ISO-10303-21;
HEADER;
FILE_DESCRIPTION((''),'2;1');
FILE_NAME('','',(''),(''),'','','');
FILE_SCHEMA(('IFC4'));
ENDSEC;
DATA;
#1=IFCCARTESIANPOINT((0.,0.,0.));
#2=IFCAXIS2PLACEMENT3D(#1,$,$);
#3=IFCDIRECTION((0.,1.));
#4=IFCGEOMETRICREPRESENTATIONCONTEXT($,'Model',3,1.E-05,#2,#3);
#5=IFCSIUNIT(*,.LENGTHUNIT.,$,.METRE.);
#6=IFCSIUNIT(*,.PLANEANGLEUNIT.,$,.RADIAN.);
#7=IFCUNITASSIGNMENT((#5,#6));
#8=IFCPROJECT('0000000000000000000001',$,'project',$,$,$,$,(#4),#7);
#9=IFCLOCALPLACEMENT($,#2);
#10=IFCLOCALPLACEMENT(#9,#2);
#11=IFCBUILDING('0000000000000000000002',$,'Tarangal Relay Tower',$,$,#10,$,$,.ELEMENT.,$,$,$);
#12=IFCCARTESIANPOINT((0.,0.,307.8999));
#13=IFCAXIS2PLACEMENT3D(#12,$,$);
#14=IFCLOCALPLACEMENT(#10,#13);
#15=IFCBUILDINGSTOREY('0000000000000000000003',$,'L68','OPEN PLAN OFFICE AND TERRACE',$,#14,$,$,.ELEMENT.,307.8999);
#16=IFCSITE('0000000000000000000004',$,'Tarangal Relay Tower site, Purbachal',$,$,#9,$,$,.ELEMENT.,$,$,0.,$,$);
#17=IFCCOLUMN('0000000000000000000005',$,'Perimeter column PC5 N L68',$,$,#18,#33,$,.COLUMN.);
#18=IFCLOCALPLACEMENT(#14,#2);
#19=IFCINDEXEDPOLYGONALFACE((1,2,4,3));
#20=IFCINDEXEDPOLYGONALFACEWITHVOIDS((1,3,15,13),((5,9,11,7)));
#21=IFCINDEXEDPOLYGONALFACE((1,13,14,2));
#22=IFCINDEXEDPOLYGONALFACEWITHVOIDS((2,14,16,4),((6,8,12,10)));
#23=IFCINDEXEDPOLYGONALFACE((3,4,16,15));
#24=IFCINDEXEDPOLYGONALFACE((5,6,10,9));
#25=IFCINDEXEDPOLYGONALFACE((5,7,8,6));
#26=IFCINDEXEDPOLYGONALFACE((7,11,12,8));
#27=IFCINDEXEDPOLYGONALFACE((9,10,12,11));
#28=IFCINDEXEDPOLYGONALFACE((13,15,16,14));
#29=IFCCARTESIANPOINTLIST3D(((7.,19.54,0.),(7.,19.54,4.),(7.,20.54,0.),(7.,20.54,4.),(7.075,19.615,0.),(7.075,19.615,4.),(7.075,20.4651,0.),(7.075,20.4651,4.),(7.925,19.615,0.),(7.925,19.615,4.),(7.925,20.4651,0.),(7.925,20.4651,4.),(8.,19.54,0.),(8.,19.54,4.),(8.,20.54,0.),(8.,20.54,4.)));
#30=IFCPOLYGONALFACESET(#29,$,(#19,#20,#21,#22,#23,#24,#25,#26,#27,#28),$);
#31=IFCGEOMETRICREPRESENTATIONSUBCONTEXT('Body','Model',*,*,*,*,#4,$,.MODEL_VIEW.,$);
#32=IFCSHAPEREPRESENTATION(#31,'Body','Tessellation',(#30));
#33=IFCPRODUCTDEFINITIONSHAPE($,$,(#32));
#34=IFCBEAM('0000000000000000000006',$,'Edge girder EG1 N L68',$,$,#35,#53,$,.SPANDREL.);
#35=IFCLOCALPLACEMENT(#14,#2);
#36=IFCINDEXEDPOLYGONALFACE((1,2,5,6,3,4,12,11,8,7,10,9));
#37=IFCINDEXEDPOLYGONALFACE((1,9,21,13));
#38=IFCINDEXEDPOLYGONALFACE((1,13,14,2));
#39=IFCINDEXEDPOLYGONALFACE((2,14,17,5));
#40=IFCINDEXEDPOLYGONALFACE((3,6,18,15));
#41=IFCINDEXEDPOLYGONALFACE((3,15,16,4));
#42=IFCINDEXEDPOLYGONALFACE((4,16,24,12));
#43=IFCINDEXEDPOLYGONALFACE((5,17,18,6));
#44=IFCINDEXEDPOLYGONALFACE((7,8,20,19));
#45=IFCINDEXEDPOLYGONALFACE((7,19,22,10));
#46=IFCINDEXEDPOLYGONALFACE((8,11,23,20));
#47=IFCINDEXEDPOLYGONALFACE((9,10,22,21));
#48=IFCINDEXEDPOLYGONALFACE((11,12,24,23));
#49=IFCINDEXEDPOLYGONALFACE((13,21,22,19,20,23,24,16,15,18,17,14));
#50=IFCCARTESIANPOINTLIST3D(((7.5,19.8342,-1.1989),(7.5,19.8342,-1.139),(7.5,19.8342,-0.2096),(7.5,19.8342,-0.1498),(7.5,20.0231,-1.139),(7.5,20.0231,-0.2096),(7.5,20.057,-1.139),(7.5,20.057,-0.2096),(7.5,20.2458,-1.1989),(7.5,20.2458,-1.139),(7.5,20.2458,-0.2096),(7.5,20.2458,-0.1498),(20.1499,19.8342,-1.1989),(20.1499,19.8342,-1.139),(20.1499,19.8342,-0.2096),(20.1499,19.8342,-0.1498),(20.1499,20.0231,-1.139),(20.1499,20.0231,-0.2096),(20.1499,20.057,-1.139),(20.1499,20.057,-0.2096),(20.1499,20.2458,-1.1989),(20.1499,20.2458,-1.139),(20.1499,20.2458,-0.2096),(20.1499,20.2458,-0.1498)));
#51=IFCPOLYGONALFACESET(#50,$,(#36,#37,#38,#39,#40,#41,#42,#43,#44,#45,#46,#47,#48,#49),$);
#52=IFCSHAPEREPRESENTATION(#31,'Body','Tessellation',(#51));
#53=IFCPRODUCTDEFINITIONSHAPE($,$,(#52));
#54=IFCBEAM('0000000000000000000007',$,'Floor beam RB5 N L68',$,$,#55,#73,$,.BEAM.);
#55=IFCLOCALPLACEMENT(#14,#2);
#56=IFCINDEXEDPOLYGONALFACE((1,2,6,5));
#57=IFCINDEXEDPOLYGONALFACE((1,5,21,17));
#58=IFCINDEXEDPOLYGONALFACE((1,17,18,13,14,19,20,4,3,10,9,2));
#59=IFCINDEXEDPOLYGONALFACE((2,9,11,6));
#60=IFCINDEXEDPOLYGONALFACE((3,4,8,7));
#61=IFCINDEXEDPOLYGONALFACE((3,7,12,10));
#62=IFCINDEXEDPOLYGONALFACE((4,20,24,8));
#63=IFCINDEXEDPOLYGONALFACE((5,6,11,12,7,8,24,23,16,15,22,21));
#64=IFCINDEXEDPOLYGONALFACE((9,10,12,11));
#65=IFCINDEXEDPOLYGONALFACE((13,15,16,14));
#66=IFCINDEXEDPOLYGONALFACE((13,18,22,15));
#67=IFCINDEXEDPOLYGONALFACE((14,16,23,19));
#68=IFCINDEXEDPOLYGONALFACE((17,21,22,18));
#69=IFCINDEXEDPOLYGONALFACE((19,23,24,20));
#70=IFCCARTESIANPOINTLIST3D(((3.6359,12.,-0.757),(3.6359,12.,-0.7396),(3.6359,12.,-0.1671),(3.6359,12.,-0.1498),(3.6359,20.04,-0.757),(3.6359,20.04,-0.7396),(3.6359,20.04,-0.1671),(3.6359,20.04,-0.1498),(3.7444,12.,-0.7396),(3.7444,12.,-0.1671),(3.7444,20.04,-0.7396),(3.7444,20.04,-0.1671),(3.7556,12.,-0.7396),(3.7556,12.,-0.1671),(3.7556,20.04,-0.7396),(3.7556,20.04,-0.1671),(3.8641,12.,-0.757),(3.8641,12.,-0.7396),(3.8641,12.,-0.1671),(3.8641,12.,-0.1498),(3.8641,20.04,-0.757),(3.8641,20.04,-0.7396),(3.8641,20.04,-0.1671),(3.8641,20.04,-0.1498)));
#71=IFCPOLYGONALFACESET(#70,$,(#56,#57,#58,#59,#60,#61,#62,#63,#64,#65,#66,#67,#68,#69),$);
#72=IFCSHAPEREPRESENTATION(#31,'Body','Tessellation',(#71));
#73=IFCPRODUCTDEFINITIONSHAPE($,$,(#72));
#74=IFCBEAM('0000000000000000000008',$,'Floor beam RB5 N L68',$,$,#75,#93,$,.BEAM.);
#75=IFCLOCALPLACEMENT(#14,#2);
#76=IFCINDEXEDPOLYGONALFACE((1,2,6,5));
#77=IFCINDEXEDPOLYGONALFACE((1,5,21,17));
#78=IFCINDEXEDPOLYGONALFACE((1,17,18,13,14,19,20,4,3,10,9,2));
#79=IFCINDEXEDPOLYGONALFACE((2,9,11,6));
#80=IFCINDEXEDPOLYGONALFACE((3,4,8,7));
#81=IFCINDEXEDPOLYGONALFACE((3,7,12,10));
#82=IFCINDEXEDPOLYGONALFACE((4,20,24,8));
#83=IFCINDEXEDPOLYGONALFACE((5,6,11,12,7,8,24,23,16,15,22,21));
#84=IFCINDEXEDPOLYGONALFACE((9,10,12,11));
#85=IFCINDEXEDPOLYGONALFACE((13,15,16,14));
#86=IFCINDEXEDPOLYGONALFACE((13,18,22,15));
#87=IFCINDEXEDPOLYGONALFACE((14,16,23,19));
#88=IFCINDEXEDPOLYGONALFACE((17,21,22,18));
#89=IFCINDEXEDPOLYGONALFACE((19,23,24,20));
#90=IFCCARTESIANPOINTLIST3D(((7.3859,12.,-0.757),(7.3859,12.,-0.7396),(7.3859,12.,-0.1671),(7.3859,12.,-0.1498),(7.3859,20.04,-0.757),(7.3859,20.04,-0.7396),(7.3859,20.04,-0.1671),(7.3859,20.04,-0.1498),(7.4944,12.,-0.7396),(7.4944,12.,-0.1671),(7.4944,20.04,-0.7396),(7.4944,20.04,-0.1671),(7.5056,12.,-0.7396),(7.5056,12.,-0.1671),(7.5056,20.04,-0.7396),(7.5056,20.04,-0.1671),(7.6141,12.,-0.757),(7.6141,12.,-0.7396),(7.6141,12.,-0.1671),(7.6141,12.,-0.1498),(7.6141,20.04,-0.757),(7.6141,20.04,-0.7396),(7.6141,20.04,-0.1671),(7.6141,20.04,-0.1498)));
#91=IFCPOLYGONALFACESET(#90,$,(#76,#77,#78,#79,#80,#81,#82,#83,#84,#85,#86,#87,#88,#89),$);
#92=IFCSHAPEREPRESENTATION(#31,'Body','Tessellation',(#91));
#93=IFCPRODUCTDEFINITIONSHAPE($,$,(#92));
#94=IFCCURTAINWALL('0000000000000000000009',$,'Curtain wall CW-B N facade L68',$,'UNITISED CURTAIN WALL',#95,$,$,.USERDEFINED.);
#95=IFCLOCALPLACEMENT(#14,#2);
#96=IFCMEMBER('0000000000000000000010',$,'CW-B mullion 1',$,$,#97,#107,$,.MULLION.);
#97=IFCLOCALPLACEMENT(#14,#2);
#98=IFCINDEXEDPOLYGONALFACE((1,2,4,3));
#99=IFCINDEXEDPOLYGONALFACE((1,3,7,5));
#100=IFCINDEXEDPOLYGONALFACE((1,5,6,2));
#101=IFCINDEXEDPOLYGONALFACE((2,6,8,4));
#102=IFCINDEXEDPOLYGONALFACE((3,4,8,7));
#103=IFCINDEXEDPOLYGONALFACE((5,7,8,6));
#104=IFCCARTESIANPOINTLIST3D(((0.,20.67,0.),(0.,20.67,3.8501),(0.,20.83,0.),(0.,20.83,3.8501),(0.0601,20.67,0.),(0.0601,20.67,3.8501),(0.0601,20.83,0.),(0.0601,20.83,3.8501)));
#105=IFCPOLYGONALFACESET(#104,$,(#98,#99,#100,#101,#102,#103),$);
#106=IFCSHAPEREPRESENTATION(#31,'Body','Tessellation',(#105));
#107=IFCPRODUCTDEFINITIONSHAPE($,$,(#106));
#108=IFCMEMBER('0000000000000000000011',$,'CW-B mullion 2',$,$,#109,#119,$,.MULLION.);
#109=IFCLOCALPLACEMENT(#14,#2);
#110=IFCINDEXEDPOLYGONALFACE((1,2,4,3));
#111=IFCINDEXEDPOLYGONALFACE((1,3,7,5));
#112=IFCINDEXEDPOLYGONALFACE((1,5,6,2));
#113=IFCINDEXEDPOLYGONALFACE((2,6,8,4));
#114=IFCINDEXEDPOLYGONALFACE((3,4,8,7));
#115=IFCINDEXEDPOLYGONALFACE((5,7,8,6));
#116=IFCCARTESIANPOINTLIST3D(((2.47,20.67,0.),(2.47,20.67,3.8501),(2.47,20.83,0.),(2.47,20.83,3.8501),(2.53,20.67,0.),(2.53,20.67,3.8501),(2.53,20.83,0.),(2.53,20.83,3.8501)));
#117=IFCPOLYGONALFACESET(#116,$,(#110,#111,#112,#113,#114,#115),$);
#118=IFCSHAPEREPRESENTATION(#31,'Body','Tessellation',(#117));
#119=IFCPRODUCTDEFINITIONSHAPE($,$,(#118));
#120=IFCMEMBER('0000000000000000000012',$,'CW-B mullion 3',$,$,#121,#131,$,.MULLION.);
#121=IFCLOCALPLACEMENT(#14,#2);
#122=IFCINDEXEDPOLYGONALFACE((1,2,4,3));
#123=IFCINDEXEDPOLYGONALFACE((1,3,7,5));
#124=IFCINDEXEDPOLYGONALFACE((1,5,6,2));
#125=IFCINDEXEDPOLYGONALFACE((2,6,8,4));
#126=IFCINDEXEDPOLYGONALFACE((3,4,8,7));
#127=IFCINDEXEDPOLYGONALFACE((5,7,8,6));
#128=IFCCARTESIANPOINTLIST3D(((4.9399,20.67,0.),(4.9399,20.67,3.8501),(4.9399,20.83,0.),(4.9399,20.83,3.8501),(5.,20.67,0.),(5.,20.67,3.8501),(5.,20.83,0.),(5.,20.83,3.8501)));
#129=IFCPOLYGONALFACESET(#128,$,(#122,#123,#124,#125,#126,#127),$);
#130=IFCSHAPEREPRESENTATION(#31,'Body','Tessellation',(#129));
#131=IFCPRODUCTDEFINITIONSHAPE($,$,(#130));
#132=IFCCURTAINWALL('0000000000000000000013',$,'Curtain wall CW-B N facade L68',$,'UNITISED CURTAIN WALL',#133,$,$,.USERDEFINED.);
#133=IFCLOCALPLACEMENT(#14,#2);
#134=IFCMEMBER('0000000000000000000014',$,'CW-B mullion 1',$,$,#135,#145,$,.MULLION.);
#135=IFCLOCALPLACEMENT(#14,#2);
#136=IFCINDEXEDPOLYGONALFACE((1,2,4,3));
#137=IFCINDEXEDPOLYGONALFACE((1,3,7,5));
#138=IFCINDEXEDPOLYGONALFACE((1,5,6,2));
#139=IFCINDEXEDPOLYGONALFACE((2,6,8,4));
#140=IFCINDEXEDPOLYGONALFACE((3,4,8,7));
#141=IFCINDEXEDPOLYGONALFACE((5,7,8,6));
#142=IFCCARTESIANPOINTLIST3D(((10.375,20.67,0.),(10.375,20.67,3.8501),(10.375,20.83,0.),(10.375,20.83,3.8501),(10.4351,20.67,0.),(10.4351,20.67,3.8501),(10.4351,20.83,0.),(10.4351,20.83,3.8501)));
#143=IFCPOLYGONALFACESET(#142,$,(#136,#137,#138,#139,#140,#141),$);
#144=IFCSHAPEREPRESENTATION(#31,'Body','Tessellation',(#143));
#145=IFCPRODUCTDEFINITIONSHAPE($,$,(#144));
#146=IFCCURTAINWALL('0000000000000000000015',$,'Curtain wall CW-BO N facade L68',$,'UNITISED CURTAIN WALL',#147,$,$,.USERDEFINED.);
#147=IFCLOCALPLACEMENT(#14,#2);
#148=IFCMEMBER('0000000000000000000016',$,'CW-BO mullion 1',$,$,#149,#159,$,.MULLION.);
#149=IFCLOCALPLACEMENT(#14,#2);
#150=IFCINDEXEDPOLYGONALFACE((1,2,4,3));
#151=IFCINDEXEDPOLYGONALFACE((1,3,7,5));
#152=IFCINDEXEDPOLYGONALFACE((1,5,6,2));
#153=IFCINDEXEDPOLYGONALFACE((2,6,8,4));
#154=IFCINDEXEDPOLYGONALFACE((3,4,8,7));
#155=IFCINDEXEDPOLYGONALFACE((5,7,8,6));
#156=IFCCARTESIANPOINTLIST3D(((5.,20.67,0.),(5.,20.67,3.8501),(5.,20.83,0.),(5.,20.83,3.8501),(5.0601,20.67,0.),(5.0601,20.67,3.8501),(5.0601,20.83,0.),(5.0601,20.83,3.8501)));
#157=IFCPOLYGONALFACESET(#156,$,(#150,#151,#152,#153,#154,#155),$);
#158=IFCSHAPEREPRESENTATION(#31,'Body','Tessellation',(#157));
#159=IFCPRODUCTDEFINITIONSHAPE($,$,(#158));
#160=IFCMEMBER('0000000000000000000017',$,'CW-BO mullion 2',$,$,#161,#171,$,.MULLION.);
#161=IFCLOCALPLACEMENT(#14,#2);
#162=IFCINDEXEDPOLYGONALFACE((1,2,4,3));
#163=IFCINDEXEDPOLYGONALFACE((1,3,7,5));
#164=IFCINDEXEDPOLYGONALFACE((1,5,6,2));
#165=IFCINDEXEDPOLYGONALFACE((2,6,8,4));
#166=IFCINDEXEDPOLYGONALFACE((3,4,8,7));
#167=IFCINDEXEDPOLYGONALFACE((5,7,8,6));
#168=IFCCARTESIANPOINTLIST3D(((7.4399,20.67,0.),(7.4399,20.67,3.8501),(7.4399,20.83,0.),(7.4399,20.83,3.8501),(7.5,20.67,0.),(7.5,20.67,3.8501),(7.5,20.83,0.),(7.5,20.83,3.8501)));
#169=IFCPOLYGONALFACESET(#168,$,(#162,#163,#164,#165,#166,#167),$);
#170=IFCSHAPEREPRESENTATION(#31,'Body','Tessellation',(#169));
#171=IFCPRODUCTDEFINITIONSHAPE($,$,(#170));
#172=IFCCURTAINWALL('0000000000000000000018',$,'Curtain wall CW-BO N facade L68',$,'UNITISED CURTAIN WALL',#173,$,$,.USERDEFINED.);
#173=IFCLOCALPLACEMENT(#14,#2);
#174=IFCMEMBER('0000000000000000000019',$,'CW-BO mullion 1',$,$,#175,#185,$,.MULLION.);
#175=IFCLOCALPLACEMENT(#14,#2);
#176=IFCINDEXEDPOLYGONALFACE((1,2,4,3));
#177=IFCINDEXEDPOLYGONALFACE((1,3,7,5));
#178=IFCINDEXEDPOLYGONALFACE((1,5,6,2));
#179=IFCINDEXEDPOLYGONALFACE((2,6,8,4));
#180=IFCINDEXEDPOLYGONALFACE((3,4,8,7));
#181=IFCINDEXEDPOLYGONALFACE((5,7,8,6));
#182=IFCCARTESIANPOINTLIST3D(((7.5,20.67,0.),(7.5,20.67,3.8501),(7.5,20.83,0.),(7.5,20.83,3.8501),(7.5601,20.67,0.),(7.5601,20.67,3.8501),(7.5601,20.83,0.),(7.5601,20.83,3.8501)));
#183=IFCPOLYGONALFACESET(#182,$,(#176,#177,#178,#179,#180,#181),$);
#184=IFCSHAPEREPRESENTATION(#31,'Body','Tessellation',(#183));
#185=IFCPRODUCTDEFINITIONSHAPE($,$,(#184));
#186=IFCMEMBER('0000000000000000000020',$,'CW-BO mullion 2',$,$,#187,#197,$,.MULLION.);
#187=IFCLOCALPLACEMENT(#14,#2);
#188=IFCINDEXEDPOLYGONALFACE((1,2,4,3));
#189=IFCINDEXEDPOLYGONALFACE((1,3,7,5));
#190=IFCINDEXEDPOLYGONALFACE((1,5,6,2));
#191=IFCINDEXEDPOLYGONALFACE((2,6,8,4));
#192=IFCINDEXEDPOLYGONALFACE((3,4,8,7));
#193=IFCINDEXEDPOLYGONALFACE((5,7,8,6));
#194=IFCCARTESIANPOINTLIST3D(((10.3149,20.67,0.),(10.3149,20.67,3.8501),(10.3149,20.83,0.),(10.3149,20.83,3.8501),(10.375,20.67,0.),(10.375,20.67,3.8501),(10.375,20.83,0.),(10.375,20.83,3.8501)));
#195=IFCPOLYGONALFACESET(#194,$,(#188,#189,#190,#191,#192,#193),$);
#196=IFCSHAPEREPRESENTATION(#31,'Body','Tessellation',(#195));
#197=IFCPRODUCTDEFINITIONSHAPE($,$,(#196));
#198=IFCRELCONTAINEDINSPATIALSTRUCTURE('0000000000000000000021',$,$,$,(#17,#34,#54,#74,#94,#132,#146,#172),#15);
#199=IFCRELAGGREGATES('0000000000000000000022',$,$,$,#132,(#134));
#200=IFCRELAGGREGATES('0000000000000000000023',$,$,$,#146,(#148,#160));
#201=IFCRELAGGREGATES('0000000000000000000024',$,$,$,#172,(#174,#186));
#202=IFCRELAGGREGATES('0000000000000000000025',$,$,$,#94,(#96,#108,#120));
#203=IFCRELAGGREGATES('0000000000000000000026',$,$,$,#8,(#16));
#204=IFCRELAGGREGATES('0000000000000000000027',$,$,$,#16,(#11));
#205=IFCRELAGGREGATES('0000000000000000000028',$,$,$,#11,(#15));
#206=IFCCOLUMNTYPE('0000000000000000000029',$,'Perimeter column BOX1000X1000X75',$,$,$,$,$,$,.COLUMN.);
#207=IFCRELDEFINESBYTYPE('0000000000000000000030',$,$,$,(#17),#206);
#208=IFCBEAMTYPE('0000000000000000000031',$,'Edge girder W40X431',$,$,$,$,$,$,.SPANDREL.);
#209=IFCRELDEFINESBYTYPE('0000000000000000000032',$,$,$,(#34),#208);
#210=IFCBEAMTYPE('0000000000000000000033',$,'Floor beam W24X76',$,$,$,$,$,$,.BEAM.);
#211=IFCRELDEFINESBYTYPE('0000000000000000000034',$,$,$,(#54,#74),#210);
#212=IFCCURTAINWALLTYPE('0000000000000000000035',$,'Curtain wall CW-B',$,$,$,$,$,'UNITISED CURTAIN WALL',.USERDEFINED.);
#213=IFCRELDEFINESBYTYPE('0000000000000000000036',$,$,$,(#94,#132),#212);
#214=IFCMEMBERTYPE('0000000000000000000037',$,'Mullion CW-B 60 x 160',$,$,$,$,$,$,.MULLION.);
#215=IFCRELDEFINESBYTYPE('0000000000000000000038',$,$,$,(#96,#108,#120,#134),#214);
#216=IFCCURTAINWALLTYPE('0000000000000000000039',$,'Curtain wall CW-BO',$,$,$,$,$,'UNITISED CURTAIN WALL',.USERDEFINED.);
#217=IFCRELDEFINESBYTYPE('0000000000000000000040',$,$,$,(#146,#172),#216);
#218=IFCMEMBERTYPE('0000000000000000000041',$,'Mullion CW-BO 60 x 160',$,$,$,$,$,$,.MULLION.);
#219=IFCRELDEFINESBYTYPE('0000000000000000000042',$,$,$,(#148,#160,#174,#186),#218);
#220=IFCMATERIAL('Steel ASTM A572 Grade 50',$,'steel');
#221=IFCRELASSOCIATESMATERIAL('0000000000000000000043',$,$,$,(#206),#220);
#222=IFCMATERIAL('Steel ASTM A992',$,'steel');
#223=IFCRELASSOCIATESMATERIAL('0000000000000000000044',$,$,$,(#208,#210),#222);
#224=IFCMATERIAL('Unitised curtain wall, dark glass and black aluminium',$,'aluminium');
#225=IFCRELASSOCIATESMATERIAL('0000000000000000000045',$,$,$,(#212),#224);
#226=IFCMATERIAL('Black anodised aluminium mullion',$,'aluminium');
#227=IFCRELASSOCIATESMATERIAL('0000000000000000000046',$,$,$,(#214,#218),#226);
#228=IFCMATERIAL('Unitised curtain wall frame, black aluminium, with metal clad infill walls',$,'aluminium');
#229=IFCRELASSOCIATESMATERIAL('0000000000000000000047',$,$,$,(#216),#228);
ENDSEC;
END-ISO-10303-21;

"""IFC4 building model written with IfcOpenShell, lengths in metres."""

from ifc_helpers import new_model, si_unit, direction, frame, origin, origin_2d, place, context, subcontext, project, spatial, rectangle, hollow_rectangle, i_section, extrude, material, material_profile, profile_set, type_object, element, aggregate, save


model = new_model("IFC4")

# Units and contexts
model_context = context("Model", 3, precision=1e-05, world=origin(), true_north=direction((0.0, 1.0)))
body_context = subcontext(model_context, "Body", "Model", "MODEL_VIEW")
ifc_project = project(units=[si_unit("LENGTHUNIT", "METRE"), si_unit("PLANEANGLEUNIT", "RADIAN")], contexts=[model_context])

# Site, building, storey
site_placement = place(None, origin())
site = spatial("IfcSite", under=ifc_project, at=site_placement, Name="Tarangal Relay Tower site, Purbachal", CompositionType="ELEMENT", RefElevation=0.0)
building_placement = place(site_placement, origin())
building = spatial("IfcBuilding", under=site, at=building_placement, Name="Tarangal Relay Tower", CompositionType="ELEMENT")
storey_placement = place(building_placement, frame((0.0, 0.0, 307.8999)))
storey = spatial("IfcBuildingStorey", under=building, at=storey_placement, Name="L68", Description="OPEN PLAN OFFICE AND TERRACE", CompositionType="ELEMENT", Elevation=307.8999)

# Column
ifc_material_1 = material(Name="Steel ASTM A572 Grade 50", Category="steel")
ifc_material_profile_1 = material_profile(ifc_material_1, hollow_rectangle(XDim=1.0, YDim=1.0, WallThickness=0.075, at=origin_2d()), Name="BOX1000X1000X75")
ifc_profile_set_1 = profile_set([ifc_material_profile_1], Name="Steel ASTM A572 Grade 50")
column_type = type_object("IfcColumnType", Name="Perimeter column BOX1000X1000X75", PredefinedType="COLUMN", material=ifc_profile_set_1)
column_placement = place(storey_placement, frame((7.5, 20.04, 0.0), z_axis=(0.0, 0.0, 1.0), x_axis=(1.0, 0.0, 0.0)))
element("IfcColumn", 1, at=column_placement, inside=storey, type_object=column_type, Name="Perimeter column PC5 N L68", PredefinedType="COLUMN", context=body_context, shape_type="SweptSolid", body=[
    extrude(hollow_rectangle(XDim=1.0, YDim=1.0, WallThickness=0.075, at=origin_2d()), origin(), (0.0, 0.0, 1.0), 4.0),
])

# Beams
ifc_material_2 = material(Name="Steel ASTM A992", Category="steel")
ifc_material_profile_2 = material_profile(ifc_material_2, i_section(OverallWidth=0.4116, OverallDepth=1.0491, WebThickness=0.0339, FlangeThickness=0.0598, at=origin_2d()), Name="W40X431")
ifc_profile_set_2 = profile_set([ifc_material_profile_2], Name="Steel ASTM A992")
beam_type_1 = type_object("IfcBeamType", Name="Edge girder W40X431", PredefinedType="SPANDREL", material=ifc_profile_set_2)
beam_placement = place(storey_placement, frame((7.5, 20.04, -0.6743), z_axis=(1.0, 0.0, 0.0), x_axis=(0.0, 1.0, 0.0)))
element("IfcBeam", 2, at=beam_placement, inside=storey, type_object=beam_type_1, Name="Edge girder EG1 N L68", PredefinedType="SPANDREL", context=body_context, shape_type="SweptSolid", body=[
    extrude(i_section(OverallWidth=0.4116, OverallDepth=1.0491, WebThickness=0.0339, FlangeThickness=0.0598, at=origin_2d()), origin(), (0.0, 0.0, 1.0), 12.6499),
])
ifc_material_profile_3 = material_profile(ifc_material_2, i_section(OverallWidth=0.2283, OverallDepth=0.6072, WebThickness=0.0112, FlangeThickness=0.0173, at=origin_2d()), Name="W24X76")
ifc_profile_set_3 = profile_set([ifc_material_profile_3], Name="Steel ASTM A992")
beam_type_2 = type_object("IfcBeamType", Name="Floor beam W24X76", PredefinedType="BEAM", material=ifc_profile_set_3)
for number, where, z_axis, x_axis, name in (
    (3, (3.75, 12.0, -0.4534), (0.0, 1.0, 0.0), (-1.0, 0.0, 0.0), "Floor beam RB5 N L68"),
    (4, (7.5, 12.0, -0.4534), (0.0, 1.0, 0.0), (-1.0, 0.0, 0.0), "Floor beam RB5 N L68"),
):
    element("IfcBeam", number, at=place(storey_placement, frame(where, z_axis=z_axis, x_axis=x_axis)), inside=storey, type_object=beam_type_2, Name=name, PredefinedType="BEAM", context=body_context, shape_type="SweptSolid", body=[
        extrude(i_section(OverallWidth=0.2283, OverallDepth=0.6072, WebThickness=0.0112, FlangeThickness=0.0173, at=origin_2d()), origin(), (0.0, 0.0, 1.0), 8.04),
    ])

# Curtain wall, members
ifc_material_3 = material(Name="Unitised curtain wall, dark glass and black aluminium", Category="aluminium")
curtain_wall_type_1 = type_object("IfcCurtainWallType", Name="Curtain wall CW-B", ElementType="UNITISED CURTAIN WALL", PredefinedType="USERDEFINED", material=ifc_material_3)
curtain_wall_1_placement = place(storey_placement, origin())
curtain_wall_1 = element("IfcCurtainWall", 5, at=curtain_wall_1_placement, inside=storey, type_object=curtain_wall_type_1, Name="Curtain wall CW-B N facade L68", ObjectType="UNITISED CURTAIN WALL", PredefinedType="USERDEFINED")
ifc_material_4 = material(Name="Black anodised aluminium mullion", Category="aluminium")
ifc_material_profile_4 = material_profile(ifc_material_4, rectangle(XDim=0.1599, YDim=0.0601, at=origin_2d()), Name="CW-BM 60X160")
ifc_profile_set_4 = profile_set([ifc_material_profile_4], Name="Black anodised aluminium mullion")
member_type_1 = type_object("IfcMemberType", Name="Mullion CW-B 60 x 160", PredefinedType="MULLION", material=ifc_profile_set_4)
member_1_placement = place(storey_placement, frame((0.03, 20.75, 0.0), z_axis=(0.0, 0.0, 1.0), x_axis=(0.0, 1.0, 0.0)))
member_1 = element("IfcMember", 6, at=member_1_placement, type_object=member_type_1, Name="CW-B mullion 1", PredefinedType="MULLION", context=body_context, shape_type="SweptSolid", body=[
    extrude(rectangle(XDim=0.1599, YDim=0.0601, at=origin_2d()), origin(), (0.0, 0.0, 1.0), 3.8501),
])
member_2_placement = place(storey_placement, frame((2.5, 20.75, 0.0), z_axis=(0.0, 0.0, 1.0), x_axis=(0.0, 1.0, 0.0)))
member_2 = element("IfcMember", 7, at=member_2_placement, type_object=member_type_1, Name="CW-B mullion 2", PredefinedType="MULLION", context=body_context, shape_type="SweptSolid", body=[
    extrude(rectangle(XDim=0.1599, YDim=0.0601, at=origin_2d()), origin(), (0.0, 0.0, 1.0), 3.8501),
])
member_3_placement = place(storey_placement, frame((4.97, 20.75, 0.0), z_axis=(0.0, 0.0, 1.0), x_axis=(0.0, 1.0, 0.0)))
member_3 = element("IfcMember", 8, at=member_3_placement, type_object=member_type_1, Name="CW-B mullion 3", PredefinedType="MULLION", context=body_context, shape_type="SweptSolid", body=[
    extrude(rectangle(XDim=0.1599, YDim=0.0601, at=origin_2d()), origin(), (0.0, 0.0, 1.0), 3.8501),
])

# Curtain wall, member
curtain_wall_2_placement = place(storey_placement, origin())
curtain_wall_2 = element("IfcCurtainWall", 9, at=curtain_wall_2_placement, inside=storey, type_object=curtain_wall_type_1, Name="Curtain wall CW-B N facade L68", ObjectType="UNITISED CURTAIN WALL", PredefinedType="USERDEFINED")
member_4_placement = place(storey_placement, frame((10.405, 20.75, 0.0), z_axis=(0.0, 0.0, 1.0), x_axis=(0.0, 1.0, 0.0)))
member_4 = element("IfcMember", 10, at=member_4_placement, type_object=member_type_1, Name="CW-B mullion 1", PredefinedType="MULLION", context=body_context, shape_type="SweptSolid", body=[
    extrude(rectangle(XDim=0.1599, YDim=0.0601, at=origin_2d()), origin(), (0.0, 0.0, 1.0), 3.8501),
])

# Curtain walls, members
ifc_material_5 = material(Name="Unitised curtain wall frame, black aluminium, with metal clad infill walls", Category="aluminium")
curtain_wall_type_2 = type_object("IfcCurtainWallType", Name="Curtain wall CW-BO", ElementType="UNITISED CURTAIN WALL", PredefinedType="USERDEFINED", material=ifc_material_5)
curtain_wall_3_placement = place(storey_placement, origin())
curtain_wall_3 = element("IfcCurtainWall", 11, at=curtain_wall_3_placement, inside=storey, type_object=curtain_wall_type_2, Name="Curtain wall CW-BO N facade L68", ObjectType="UNITISED CURTAIN WALL", PredefinedType="USERDEFINED")
ifc_material_profile_5 = material_profile(ifc_material_4, rectangle(XDim=0.1599, YDim=0.0601, at=origin_2d()), Name="CW-BOM 60X160")
ifc_profile_set_5 = profile_set([ifc_material_profile_5], Name="Black anodised aluminium mullion")
member_type_2 = type_object("IfcMemberType", Name="Mullion CW-BO 60 x 160", PredefinedType="MULLION", material=ifc_profile_set_5)
member_5_placement = place(storey_placement, frame((5.03, 20.75, 0.0), z_axis=(0.0, 0.0, 1.0), x_axis=(0.0, 1.0, 0.0)))
member_5 = element("IfcMember", 12, at=member_5_placement, type_object=member_type_2, Name="CW-BO mullion 1", PredefinedType="MULLION", context=body_context, shape_type="SweptSolid", body=[
    extrude(rectangle(XDim=0.1599, YDim=0.0601, at=origin_2d()), origin(), (0.0, 0.0, 1.0), 3.8501),
])
member_6_placement = place(storey_placement, frame((7.47, 20.75, 0.0), z_axis=(0.0, 0.0, 1.0), x_axis=(0.0, 1.0, 0.0)))
member_6 = element("IfcMember", 13, at=member_6_placement, type_object=member_type_2, Name="CW-BO mullion 2", PredefinedType="MULLION", context=body_context, shape_type="SweptSolid", body=[
    extrude(rectangle(XDim=0.1599, YDim=0.0601, at=origin_2d()), origin(), (0.0, 0.0, 1.0), 3.8501),
])
curtain_wall_4_placement = place(storey_placement, origin())
curtain_wall_4 = element("IfcCurtainWall", 14, at=curtain_wall_4_placement, inside=storey, type_object=curtain_wall_type_2, Name="Curtain wall CW-BO N facade L68", ObjectType="UNITISED CURTAIN WALL", PredefinedType="USERDEFINED")
member_7_placement = place(storey_placement, frame((7.53, 20.75, 0.0), z_axis=(0.0, 0.0, 1.0), x_axis=(0.0, 1.0, 0.0)))
member_7 = element("IfcMember", 15, at=member_7_placement, type_object=member_type_2, Name="CW-BO mullion 1", PredefinedType="MULLION", context=body_context, shape_type="SweptSolid", body=[
    extrude(rectangle(XDim=0.1599, YDim=0.0601, at=origin_2d()), origin(), (0.0, 0.0, 1.0), 3.8501),
])
member_8_placement = place(storey_placement, frame((10.345, 20.75, 0.0), z_axis=(0.0, 0.0, 1.0), x_axis=(0.0, 1.0, 0.0)))
member_8 = element("IfcMember", 16, at=member_8_placement, type_object=member_type_2, Name="CW-BO mullion 2", PredefinedType="MULLION", context=body_context, shape_type="SweptSolid", body=[
    extrude(rectangle(XDim=0.1599, YDim=0.0601, at=origin_2d()), origin(), (0.0, 0.0, 1.0), 3.8501),
])

aggregate(curtain_wall_2, [member_4])
aggregate(curtain_wall_3, [member_5, member_6])
aggregate(curtain_wall_4, [member_7, member_8])

aggregate(curtain_wall_1, [member_1, member_2, member_3])

save(model, "model.ifc")
